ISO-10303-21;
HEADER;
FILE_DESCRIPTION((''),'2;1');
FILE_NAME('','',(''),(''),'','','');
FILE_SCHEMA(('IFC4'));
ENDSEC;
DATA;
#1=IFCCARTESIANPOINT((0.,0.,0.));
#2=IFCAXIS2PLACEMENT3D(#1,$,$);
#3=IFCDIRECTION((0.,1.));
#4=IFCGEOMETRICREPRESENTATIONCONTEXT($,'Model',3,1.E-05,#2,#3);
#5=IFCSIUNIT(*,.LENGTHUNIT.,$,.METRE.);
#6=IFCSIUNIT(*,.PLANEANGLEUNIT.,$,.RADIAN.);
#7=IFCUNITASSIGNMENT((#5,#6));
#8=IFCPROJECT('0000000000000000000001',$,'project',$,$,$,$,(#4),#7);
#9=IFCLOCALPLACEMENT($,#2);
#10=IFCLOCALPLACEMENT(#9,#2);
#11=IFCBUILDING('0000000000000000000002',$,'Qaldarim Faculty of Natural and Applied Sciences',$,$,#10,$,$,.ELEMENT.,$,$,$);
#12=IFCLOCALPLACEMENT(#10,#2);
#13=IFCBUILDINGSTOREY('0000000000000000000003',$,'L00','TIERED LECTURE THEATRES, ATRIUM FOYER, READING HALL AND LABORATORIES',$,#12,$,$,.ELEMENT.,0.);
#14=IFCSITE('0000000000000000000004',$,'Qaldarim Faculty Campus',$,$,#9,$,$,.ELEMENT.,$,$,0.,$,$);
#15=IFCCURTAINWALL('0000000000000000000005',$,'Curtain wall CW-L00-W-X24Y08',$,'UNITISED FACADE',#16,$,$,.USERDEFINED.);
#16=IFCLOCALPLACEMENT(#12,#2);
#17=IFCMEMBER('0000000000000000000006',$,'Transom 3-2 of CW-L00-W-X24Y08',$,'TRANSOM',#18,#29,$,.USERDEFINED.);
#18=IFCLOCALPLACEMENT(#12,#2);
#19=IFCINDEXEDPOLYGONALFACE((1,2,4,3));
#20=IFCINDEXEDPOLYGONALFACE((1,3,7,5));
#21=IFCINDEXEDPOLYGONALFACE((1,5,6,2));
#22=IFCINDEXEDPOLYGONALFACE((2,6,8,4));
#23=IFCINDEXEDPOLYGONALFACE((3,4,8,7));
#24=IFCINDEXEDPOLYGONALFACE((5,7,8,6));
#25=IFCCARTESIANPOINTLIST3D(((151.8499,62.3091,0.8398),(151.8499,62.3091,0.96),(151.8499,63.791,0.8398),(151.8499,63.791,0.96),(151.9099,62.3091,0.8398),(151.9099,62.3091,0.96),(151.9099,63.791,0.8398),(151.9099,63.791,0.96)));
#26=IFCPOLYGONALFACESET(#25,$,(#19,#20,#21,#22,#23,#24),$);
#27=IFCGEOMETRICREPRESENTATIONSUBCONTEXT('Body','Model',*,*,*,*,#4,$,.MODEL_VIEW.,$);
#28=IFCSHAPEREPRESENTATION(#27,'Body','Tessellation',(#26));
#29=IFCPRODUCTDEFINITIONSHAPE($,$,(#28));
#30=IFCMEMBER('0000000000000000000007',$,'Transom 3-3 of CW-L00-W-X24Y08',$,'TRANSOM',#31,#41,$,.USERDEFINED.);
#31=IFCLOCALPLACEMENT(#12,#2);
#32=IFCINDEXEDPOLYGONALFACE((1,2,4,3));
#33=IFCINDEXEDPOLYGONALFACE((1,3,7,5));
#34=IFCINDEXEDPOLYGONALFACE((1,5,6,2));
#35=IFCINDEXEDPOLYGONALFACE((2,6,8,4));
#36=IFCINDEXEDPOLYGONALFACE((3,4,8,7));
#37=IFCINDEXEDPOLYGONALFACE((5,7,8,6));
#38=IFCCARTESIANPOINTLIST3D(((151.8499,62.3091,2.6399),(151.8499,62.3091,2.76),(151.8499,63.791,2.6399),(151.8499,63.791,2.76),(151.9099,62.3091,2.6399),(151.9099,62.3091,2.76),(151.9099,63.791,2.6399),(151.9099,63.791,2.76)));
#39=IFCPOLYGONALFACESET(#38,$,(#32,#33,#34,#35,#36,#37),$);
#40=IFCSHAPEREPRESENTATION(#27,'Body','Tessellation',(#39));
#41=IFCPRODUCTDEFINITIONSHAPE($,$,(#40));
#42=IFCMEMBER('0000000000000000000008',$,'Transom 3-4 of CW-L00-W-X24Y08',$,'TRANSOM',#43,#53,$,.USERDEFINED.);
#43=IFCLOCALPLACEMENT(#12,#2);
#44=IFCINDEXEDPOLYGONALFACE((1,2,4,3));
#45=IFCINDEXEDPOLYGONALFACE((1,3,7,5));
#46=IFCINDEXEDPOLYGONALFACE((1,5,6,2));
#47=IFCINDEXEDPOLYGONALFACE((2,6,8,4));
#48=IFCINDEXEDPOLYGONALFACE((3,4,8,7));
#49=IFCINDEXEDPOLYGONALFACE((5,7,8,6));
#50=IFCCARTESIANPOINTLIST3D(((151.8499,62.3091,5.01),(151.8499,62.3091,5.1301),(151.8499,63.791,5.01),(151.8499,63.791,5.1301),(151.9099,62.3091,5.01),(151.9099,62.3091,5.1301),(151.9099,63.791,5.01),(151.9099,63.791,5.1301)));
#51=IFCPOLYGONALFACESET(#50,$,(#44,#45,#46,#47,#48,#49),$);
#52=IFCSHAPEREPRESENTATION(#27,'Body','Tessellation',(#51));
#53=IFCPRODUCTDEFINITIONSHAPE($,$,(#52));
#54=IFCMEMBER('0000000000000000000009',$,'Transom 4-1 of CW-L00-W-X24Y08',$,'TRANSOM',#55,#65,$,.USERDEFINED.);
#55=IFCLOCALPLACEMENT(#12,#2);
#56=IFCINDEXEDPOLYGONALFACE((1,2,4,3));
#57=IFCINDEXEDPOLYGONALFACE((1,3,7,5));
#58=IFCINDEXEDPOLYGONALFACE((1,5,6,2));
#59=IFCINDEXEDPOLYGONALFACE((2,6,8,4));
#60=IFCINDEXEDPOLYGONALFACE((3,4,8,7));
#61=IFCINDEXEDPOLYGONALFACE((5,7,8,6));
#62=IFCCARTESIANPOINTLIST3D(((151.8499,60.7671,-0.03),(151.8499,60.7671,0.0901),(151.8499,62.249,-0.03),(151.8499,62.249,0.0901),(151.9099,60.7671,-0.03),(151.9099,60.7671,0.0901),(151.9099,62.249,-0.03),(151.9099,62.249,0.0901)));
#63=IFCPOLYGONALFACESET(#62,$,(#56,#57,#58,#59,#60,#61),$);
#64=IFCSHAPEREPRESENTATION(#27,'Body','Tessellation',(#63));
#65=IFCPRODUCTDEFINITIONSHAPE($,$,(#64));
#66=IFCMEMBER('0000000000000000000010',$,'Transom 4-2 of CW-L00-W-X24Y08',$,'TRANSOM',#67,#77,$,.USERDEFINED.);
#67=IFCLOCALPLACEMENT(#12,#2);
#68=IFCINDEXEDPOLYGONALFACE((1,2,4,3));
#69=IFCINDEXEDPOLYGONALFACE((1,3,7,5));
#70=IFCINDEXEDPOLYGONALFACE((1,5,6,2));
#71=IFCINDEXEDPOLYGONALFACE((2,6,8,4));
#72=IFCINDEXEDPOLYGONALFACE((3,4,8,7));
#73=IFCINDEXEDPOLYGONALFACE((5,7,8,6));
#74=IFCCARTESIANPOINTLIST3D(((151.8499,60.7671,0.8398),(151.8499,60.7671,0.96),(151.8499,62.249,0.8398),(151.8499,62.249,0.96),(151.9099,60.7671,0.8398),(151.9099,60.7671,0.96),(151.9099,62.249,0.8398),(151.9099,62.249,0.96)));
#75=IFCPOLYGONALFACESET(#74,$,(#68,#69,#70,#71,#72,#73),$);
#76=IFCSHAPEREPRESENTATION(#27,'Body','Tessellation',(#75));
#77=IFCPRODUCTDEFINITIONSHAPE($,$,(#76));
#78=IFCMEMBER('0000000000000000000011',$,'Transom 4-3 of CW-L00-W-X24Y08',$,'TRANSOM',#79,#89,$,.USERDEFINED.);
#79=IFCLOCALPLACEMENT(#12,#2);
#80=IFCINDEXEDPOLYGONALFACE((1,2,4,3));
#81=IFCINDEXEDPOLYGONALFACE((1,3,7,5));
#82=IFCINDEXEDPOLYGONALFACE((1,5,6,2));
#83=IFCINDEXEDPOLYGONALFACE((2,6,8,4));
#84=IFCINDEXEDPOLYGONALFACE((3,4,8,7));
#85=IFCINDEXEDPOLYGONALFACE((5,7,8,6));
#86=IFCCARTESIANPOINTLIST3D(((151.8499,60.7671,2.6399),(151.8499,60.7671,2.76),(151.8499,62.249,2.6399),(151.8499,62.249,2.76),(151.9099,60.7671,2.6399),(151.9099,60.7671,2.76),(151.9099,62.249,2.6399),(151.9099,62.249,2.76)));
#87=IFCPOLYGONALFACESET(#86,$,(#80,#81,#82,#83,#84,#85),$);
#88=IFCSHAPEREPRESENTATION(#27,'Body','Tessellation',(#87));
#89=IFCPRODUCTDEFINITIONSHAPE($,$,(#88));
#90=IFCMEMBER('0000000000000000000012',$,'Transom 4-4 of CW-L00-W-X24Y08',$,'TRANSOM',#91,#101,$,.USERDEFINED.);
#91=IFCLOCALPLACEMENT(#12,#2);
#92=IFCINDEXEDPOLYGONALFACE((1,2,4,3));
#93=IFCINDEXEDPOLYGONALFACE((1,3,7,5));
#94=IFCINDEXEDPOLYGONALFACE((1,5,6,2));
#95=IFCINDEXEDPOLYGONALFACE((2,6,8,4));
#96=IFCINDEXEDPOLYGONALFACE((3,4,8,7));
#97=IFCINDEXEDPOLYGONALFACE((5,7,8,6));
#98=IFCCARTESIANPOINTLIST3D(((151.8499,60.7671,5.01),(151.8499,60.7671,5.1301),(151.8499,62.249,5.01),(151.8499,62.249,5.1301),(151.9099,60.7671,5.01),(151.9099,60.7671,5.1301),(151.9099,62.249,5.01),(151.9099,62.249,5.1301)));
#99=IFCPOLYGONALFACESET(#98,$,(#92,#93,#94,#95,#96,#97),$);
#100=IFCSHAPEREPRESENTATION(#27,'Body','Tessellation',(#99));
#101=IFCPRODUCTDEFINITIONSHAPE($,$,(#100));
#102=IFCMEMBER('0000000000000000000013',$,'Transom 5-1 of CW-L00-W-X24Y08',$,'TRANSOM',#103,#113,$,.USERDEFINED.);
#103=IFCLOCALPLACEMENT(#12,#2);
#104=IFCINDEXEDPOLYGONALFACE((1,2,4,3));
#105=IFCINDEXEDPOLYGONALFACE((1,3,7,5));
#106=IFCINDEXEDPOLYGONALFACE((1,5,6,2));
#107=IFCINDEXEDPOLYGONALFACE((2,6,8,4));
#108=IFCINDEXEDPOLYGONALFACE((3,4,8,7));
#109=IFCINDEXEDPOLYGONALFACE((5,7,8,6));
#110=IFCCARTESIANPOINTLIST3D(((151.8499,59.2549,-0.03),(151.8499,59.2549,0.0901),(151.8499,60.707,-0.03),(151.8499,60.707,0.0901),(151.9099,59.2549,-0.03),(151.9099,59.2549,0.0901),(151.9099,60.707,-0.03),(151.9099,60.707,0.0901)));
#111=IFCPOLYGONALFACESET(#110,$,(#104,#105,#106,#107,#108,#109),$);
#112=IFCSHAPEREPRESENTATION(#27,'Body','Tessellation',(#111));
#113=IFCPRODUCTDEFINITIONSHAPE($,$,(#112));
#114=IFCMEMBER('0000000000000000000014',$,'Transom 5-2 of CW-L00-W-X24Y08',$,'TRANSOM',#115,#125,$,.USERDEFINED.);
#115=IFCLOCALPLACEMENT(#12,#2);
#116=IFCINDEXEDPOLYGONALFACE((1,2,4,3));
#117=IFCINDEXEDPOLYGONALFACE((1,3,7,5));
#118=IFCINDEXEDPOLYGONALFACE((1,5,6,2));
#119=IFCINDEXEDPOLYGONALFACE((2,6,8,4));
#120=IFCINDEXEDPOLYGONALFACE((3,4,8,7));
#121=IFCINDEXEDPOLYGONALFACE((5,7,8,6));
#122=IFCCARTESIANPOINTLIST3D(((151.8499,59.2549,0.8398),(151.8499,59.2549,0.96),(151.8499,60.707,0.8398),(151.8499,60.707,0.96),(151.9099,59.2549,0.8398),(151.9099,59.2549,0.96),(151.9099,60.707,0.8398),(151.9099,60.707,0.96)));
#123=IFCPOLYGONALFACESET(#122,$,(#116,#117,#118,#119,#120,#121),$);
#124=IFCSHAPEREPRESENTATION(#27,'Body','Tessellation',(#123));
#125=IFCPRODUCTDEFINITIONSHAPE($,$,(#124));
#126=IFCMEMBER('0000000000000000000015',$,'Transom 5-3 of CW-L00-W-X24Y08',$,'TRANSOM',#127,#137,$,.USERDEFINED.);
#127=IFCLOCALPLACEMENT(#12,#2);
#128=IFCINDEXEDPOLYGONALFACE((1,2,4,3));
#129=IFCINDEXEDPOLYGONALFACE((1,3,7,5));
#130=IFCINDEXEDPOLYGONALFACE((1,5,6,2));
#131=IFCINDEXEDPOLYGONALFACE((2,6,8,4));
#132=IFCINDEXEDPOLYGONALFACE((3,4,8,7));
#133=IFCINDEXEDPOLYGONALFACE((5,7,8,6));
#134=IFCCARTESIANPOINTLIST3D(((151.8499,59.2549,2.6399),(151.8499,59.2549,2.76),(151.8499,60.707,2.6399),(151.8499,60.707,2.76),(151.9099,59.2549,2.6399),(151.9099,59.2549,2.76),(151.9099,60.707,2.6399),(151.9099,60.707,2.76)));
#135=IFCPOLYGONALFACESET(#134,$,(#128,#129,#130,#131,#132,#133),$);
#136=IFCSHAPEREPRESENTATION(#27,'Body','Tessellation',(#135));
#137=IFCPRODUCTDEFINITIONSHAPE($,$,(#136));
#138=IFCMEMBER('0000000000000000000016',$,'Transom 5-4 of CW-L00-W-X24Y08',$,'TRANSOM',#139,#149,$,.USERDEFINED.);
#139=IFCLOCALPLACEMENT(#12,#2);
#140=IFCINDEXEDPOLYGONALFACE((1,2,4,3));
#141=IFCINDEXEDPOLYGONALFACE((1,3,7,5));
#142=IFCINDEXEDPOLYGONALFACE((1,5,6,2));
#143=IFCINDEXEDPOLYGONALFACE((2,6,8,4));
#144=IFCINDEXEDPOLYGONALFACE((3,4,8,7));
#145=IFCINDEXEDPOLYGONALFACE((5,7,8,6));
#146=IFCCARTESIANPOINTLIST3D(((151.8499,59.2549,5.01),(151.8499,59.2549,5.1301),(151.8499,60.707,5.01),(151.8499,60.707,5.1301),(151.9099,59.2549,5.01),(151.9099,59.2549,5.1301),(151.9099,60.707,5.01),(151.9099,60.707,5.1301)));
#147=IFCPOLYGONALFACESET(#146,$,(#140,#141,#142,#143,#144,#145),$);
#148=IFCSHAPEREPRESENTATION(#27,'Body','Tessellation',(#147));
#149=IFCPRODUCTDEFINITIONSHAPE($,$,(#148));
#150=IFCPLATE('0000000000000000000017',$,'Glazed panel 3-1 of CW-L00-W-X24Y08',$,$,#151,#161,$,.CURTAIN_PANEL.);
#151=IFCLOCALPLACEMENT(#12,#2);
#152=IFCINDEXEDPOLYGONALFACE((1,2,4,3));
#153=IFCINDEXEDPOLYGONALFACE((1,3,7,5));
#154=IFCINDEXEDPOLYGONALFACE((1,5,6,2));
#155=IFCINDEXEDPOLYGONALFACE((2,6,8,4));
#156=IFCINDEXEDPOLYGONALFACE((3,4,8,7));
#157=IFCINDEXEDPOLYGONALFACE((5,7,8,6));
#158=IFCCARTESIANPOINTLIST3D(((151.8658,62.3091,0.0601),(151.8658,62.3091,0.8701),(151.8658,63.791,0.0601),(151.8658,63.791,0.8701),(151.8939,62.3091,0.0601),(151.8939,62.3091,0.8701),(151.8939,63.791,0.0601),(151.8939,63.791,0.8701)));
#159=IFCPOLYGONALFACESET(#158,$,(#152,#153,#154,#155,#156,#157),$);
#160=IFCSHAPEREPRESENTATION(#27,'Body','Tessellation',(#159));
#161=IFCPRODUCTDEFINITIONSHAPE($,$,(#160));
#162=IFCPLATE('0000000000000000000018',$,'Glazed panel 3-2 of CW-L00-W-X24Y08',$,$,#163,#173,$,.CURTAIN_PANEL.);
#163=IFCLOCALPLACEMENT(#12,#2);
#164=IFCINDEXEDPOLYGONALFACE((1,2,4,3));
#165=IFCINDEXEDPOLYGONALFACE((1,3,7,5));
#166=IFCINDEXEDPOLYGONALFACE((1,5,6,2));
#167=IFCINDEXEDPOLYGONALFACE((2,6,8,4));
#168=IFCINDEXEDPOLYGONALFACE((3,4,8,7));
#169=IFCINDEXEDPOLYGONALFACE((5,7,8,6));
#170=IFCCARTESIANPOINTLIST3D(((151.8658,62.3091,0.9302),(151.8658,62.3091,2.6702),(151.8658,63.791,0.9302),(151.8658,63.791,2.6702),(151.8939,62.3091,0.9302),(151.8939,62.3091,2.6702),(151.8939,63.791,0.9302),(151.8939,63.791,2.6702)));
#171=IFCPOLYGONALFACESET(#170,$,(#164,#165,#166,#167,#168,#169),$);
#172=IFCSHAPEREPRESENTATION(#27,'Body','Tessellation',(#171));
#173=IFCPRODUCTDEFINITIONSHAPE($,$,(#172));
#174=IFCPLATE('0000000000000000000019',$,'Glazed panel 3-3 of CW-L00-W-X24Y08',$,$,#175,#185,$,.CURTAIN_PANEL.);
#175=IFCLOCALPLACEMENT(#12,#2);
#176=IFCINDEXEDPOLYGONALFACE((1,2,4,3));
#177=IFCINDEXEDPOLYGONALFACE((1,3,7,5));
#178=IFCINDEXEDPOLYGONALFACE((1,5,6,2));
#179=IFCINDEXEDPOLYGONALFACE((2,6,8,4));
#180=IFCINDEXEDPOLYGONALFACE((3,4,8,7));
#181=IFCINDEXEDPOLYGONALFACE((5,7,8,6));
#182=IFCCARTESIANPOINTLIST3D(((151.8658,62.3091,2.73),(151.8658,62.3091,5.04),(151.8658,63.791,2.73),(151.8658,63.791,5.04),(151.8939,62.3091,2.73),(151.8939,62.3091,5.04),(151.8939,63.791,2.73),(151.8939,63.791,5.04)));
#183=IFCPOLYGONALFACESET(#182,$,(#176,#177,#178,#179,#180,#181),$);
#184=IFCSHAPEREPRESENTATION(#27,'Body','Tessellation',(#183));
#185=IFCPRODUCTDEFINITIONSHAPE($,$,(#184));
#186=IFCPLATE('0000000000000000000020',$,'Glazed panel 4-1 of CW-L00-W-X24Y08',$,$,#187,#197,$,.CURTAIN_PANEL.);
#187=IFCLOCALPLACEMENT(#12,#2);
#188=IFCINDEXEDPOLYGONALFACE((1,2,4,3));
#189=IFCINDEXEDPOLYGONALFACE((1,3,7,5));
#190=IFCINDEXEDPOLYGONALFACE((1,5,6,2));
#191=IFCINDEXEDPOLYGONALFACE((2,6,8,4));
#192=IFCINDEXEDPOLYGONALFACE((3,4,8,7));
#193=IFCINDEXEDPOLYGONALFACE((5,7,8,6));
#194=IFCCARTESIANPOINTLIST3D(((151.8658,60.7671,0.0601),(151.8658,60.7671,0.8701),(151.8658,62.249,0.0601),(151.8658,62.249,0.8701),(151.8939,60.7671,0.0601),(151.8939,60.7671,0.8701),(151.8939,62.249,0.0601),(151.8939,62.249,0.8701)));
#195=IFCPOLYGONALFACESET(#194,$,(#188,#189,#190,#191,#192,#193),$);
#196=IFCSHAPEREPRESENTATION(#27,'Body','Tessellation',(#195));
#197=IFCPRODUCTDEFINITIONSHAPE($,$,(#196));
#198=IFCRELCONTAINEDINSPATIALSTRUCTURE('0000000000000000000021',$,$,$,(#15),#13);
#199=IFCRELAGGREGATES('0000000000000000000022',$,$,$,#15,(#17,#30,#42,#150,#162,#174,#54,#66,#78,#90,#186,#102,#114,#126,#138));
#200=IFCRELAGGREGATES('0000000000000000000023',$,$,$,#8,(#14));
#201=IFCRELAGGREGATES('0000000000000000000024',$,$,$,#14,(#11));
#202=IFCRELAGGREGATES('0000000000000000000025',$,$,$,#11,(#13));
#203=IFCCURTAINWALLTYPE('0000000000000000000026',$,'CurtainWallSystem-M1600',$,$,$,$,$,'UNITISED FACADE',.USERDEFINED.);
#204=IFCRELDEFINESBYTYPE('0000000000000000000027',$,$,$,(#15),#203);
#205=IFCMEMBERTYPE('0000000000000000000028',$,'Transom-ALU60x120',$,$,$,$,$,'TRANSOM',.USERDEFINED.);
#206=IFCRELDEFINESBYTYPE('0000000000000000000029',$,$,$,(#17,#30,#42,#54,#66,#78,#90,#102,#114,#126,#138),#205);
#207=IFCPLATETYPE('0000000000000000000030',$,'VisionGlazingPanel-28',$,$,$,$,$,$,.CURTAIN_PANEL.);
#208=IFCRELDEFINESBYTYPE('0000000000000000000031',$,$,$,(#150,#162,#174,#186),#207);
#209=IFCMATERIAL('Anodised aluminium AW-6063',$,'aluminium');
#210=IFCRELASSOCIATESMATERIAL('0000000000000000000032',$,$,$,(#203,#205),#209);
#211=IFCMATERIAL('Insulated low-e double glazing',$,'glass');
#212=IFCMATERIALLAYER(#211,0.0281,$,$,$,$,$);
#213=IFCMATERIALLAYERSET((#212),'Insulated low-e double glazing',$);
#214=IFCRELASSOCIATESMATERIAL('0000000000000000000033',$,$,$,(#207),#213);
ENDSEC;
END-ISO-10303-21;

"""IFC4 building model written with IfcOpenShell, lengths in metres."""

from ifc_helpers import new_model, si_unit, direction, frame, origin, origin_2d, place, context, subcontext, project, spatial, rectangle, extrude, material, layer, layer_set, material_profile, profile_set, type_object, element, aggregate, save


model = new_model("IFC4")

# Units and contexts
model_context = context("Model", 3, precision=1e-05, world=origin(), true_north=direction((0.0, 1.0)))
body_context = subcontext(model_context, "Body", "Model", "MODEL_VIEW")
ifc_project = project(units=[si_unit("LENGTHUNIT", "METRE"), si_unit("PLANEANGLEUNIT", "RADIAN")], contexts=[model_context])

# Site, building, storey
site_placement = place(None, origin())
site = spatial("IfcSite", under=ifc_project, at=site_placement, Name="Qaldarim Faculty Campus", CompositionType="ELEMENT", RefElevation=0.0)
building_placement = place(site_placement, origin())
building = spatial("IfcBuilding", under=site, at=building_placement, Name="Qaldarim Faculty of Natural and Applied Sciences", CompositionType="ELEMENT")
storey_placement = place(building_placement, origin())
storey = spatial("IfcBuildingStorey", under=building, at=storey_placement, Name="L00", Description="TIERED LECTURE THEATRES, ATRIUM FOYER, READING HALL AND LABORATORIES", CompositionType="ELEMENT", Elevation=0.0)

# Curtain wall
ifc_material_1 = material(Name="Anodised aluminium AW-6063", Category="aluminium")
curtain_wall_type = type_object("IfcCurtainWallType", Name="CurtainWallSystem-M1600", ElementType="UNITISED FACADE", PredefinedType="USERDEFINED", material=ifc_material_1)
curtain_wall_placement = place(storey_placement, origin())
curtain_wall = element("IfcCurtainWall", 1, at=curtain_wall_placement, inside=storey, type_object=curtain_wall_type, Name="Curtain wall CW-L00-W-X24Y08", ObjectType="UNITISED FACADE", PredefinedType="USERDEFINED")

# Members
ifc_material_profile_1 = material_profile(ifc_material_1, rectangle(XDim=0.0601, YDim=0.1201, at=origin_2d()), Name="ALU-T60x120")
ifc_profile_set_1 = profile_set([ifc_material_profile_1], Name="Anodised aluminium AW-6063")
member_type_1 = type_object("IfcMemberType", Name="Transom-ALU60x120", ElementType="TRANSOM", PredefinedType="USERDEFINED", material=ifc_profile_set_1)
member_1_placement = place(storey_placement, frame((151.8799, 63.791, 0.8999), z_axis=(0.0, -1.0, 0.0), x_axis=(1.0, 0.0, 0.0)))
member_1 = element("IfcMember", 2, at=member_1_placement, type_object=member_type_1, Name="Transom 3-2 of CW-L00-W-X24Y08", ObjectType="TRANSOM", PredefinedType="USERDEFINED", context=body_context, shape_type="SweptSolid", body=[
    extrude(rectangle(XDim=0.0601, YDim=0.1201, at=origin_2d()), origin(), (0.0, 0.0, 1.0), 1.4819),
])
member_2_placement = place(storey_placement, frame((151.8799, 63.791, 2.7), z_axis=(0.0, -1.0, 0.0), x_axis=(1.0, 0.0, 0.0)))
member_2 = element("IfcMember", 3, at=member_2_placement, type_object=member_type_1, Name="Transom 3-3 of CW-L00-W-X24Y08", ObjectType="TRANSOM", PredefinedType="USERDEFINED", context=body_context, shape_type="SweptSolid", body=[
    extrude(rectangle(XDim=0.0601, YDim=0.1201, at=origin_2d()), origin(), (0.0, 0.0, 1.0), 1.4819),
])
member_3_placement = place(storey_placement, frame((151.8799, 63.791, 5.0701), z_axis=(0.0, -1.0, 0.0), x_axis=(1.0, 0.0, 0.0)))
member_3 = element("IfcMember", 4, at=member_3_placement, type_object=member_type_1, Name="Transom 3-4 of CW-L00-W-X24Y08", ObjectType="TRANSOM", PredefinedType="USERDEFINED", context=body_context, shape_type="SweptSolid", body=[
    extrude(rectangle(XDim=0.0601, YDim=0.1201, at=origin_2d()), origin(), (0.0, 0.0, 1.0), 1.4819),
])
member_4_placement = place(storey_placement, frame((151.8799, 62.249, 0.03), z_axis=(0.0, -1.0, 0.0), x_axis=(1.0, 0.0, 0.0)))
member_4 = element("IfcMember", 5, at=member_4_placement, type_object=member_type_1, Name="Transom 4-1 of CW-L00-W-X24Y08", ObjectType="TRANSOM", PredefinedType="USERDEFINED", context=body_context, shape_type="SweptSolid", body=[
    extrude(rectangle(XDim=0.0601, YDim=0.1201, at=origin_2d()), origin(), (0.0, 0.0, 1.0), 1.4819),
])
member_5_placement = place(storey_placement, frame((151.8799, 62.249, 0.8999), z_axis=(0.0, -1.0, 0.0), x_axis=(1.0, 0.0, 0.0)))
member_5 = element("IfcMember", 6, at=member_5_placement, type_object=member_type_1, Name="Transom 4-2 of CW-L00-W-X24Y08", ObjectType="TRANSOM", PredefinedType="USERDEFINED", context=body_context, shape_type="SweptSolid", body=[
    extrude(rectangle(XDim=0.0601, YDim=0.1201, at=origin_2d()), origin(), (0.0, 0.0, 1.0), 1.4819),
])
member_6_placement = place(storey_placement, frame((151.8799, 62.249, 2.7), z_axis=(0.0, -1.0, 0.0), x_axis=(1.0, 0.0, 0.0)))
member_6 = element("IfcMember", 7, at=member_6_placement, type_object=member_type_1, Name="Transom 4-3 of CW-L00-W-X24Y08", ObjectType="TRANSOM", PredefinedType="USERDEFINED", context=body_context, shape_type="SweptSolid", body=[
    extrude(rectangle(XDim=0.0601, YDim=0.1201, at=origin_2d()), origin(), (0.0, 0.0, 1.0), 1.4819),
])
member_7_placement = place(storey_placement, frame((151.8799, 62.249, 5.0701), z_axis=(0.0, -1.0, 0.0), x_axis=(1.0, 0.0, 0.0)))
member_7 = element("IfcMember", 8, at=member_7_placement, type_object=member_type_1, Name="Transom 4-4 of CW-L00-W-X24Y08", ObjectType="TRANSOM", PredefinedType="USERDEFINED", context=body_context, shape_type="SweptSolid", body=[
    extrude(rectangle(XDim=0.0601, YDim=0.1201, at=origin_2d()), origin(), (0.0, 0.0, 1.0), 1.4819),
])
member_8_placement = place(storey_placement, frame((151.8799, 60.707, 0.03), z_axis=(0.0, -1.0, 0.0), x_axis=(1.0, 0.0, 0.0)))
member_8 = element("IfcMember", 9, at=member_8_placement, type_object=member_type_1, Name="Transom 5-1 of CW-L00-W-X24Y08", ObjectType="TRANSOM", PredefinedType="USERDEFINED", context=body_context, shape_type="SweptSolid", body=[
    extrude(rectangle(XDim=0.0601, YDim=0.1201, at=origin_2d()), origin(), (0.0, 0.0, 1.0), 1.4521),
])
member_9_placement = place(storey_placement, frame((151.8799, 60.707, 0.8999), z_axis=(0.0, -1.0, 0.0), x_axis=(1.0, 0.0, 0.0)))
member_9 = element("IfcMember", 10, at=member_9_placement, type_object=member_type_1, Name="Transom 5-2 of CW-L00-W-X24Y08", ObjectType="TRANSOM", PredefinedType="USERDEFINED", context=body_context, shape_type="SweptSolid", body=[
    extrude(rectangle(XDim=0.0601, YDim=0.1201, at=origin_2d()), origin(), (0.0, 0.0, 1.0), 1.4521),
])
member_10_placement = place(storey_placement, frame((151.8799, 60.707, 2.7), z_axis=(0.0, -1.0, 0.0), x_axis=(1.0, 0.0, 0.0)))
member_10 = element("IfcMember", 11, at=member_10_placement, type_object=member_type_1, Name="Transom 5-3 of CW-L00-W-X24Y08", ObjectType="TRANSOM", PredefinedType="USERDEFINED", context=body_context, shape_type="SweptSolid", body=[
    extrude(rectangle(XDim=0.0601, YDim=0.1201, at=origin_2d()), origin(), (0.0, 0.0, 1.0), 1.4521),
])
member_11_placement = place(storey_placement, frame((151.8799, 60.707, 5.0701), z_axis=(0.0, -1.0, 0.0), x_axis=(1.0, 0.0, 0.0)))
member_11 = element("IfcMember", 12, at=member_11_placement, type_object=member_type_1, Name="Transom 5-4 of CW-L00-W-X24Y08", ObjectType="TRANSOM", PredefinedType="USERDEFINED", context=body_context, shape_type="SweptSolid", body=[
    extrude(rectangle(XDim=0.0601, YDim=0.1201, at=origin_2d()), origin(), (0.0, 0.0, 1.0), 1.4521),
])

# Plates
ifc_material_2 = material(Name="Insulated low-e double glazing", Category="glass")
ifc_layer_1 = layer(ifc_material_2, 0.0281)
ifc_layer_set_1 = layer_set([ifc_layer_1], Name="Insulated low-e double glazing")
plate_type = type_object("IfcPlateType", Name="VisionGlazingPanel-28", PredefinedType="CURTAIN_PANEL", material=ifc_layer_set_1)
plate_1_placement = place(storey_placement, frame((151.8799, 63.05, 0.0601), z_axis=(0.0, 0.0, 1.0), x_axis=(0.0, -1.0, 0.0)))
plate_1 = element("IfcPlate", 13, at=plate_1_placement, type_object=plate_type, Name="Glazed panel 3-1 of CW-L00-W-X24Y08", PredefinedType="CURTAIN_PANEL", context=body_context, shape_type="SweptSolid", body=[
    extrude(rectangle(XDim=1.4819, YDim=0.0281, at=origin_2d()), origin(), (0.0, 0.0, 1.0), 0.8101),
])
plate_2_placement = place(storey_placement, frame((151.8799, 63.05, 0.9302), z_axis=(0.0, 0.0, 1.0), x_axis=(0.0, -1.0, 0.0)))
plate_2 = element("IfcPlate", 14, at=plate_2_placement, type_object=plate_type, Name="Glazed panel 3-2 of CW-L00-W-X24Y08", PredefinedType="CURTAIN_PANEL", context=body_context, shape_type="SweptSolid", body=[
    extrude(rectangle(XDim=1.4819, YDim=0.0281, at=origin_2d()), origin(), (0.0, 0.0, 1.0), 1.74),
])
plate_3_placement = place(storey_placement, frame((151.8799, 63.05, 2.73), z_axis=(0.0, 0.0, 1.0), x_axis=(0.0, -1.0, 0.0)))
plate_3 = element("IfcPlate", 15, at=plate_3_placement, type_object=plate_type, Name="Glazed panel 3-3 of CW-L00-W-X24Y08", PredefinedType="CURTAIN_PANEL", context=body_context, shape_type="SweptSolid", body=[
    extrude(rectangle(XDim=1.4819, YDim=0.0281, at=origin_2d()), origin(), (0.0, 0.0, 1.0), 2.3101),
])
plate_4_placement = place(storey_placement, frame((151.8799, 61.5081, 0.0601), z_axis=(0.0, 0.0, 1.0), x_axis=(0.0, -1.0, 0.0)))
plate_4 = element("IfcPlate", 16, at=plate_4_placement, type_object=plate_type, Name="Glazed panel 4-1 of CW-L00-W-X24Y08", PredefinedType="CURTAIN_PANEL", context=body_context, shape_type="SweptSolid", body=[
    extrude(rectangle(XDim=1.4819, YDim=0.0281, at=origin_2d()), origin(), (0.0, 0.0, 1.0), 0.8101),
])
aggregate(curtain_wall, [member_1, member_2, member_3, plate_1, plate_2, plate_3, member_4, member_5, member_6, member_7, plate_4, member_8, member_9, member_10, member_11])

save(model, "model.ifc")
